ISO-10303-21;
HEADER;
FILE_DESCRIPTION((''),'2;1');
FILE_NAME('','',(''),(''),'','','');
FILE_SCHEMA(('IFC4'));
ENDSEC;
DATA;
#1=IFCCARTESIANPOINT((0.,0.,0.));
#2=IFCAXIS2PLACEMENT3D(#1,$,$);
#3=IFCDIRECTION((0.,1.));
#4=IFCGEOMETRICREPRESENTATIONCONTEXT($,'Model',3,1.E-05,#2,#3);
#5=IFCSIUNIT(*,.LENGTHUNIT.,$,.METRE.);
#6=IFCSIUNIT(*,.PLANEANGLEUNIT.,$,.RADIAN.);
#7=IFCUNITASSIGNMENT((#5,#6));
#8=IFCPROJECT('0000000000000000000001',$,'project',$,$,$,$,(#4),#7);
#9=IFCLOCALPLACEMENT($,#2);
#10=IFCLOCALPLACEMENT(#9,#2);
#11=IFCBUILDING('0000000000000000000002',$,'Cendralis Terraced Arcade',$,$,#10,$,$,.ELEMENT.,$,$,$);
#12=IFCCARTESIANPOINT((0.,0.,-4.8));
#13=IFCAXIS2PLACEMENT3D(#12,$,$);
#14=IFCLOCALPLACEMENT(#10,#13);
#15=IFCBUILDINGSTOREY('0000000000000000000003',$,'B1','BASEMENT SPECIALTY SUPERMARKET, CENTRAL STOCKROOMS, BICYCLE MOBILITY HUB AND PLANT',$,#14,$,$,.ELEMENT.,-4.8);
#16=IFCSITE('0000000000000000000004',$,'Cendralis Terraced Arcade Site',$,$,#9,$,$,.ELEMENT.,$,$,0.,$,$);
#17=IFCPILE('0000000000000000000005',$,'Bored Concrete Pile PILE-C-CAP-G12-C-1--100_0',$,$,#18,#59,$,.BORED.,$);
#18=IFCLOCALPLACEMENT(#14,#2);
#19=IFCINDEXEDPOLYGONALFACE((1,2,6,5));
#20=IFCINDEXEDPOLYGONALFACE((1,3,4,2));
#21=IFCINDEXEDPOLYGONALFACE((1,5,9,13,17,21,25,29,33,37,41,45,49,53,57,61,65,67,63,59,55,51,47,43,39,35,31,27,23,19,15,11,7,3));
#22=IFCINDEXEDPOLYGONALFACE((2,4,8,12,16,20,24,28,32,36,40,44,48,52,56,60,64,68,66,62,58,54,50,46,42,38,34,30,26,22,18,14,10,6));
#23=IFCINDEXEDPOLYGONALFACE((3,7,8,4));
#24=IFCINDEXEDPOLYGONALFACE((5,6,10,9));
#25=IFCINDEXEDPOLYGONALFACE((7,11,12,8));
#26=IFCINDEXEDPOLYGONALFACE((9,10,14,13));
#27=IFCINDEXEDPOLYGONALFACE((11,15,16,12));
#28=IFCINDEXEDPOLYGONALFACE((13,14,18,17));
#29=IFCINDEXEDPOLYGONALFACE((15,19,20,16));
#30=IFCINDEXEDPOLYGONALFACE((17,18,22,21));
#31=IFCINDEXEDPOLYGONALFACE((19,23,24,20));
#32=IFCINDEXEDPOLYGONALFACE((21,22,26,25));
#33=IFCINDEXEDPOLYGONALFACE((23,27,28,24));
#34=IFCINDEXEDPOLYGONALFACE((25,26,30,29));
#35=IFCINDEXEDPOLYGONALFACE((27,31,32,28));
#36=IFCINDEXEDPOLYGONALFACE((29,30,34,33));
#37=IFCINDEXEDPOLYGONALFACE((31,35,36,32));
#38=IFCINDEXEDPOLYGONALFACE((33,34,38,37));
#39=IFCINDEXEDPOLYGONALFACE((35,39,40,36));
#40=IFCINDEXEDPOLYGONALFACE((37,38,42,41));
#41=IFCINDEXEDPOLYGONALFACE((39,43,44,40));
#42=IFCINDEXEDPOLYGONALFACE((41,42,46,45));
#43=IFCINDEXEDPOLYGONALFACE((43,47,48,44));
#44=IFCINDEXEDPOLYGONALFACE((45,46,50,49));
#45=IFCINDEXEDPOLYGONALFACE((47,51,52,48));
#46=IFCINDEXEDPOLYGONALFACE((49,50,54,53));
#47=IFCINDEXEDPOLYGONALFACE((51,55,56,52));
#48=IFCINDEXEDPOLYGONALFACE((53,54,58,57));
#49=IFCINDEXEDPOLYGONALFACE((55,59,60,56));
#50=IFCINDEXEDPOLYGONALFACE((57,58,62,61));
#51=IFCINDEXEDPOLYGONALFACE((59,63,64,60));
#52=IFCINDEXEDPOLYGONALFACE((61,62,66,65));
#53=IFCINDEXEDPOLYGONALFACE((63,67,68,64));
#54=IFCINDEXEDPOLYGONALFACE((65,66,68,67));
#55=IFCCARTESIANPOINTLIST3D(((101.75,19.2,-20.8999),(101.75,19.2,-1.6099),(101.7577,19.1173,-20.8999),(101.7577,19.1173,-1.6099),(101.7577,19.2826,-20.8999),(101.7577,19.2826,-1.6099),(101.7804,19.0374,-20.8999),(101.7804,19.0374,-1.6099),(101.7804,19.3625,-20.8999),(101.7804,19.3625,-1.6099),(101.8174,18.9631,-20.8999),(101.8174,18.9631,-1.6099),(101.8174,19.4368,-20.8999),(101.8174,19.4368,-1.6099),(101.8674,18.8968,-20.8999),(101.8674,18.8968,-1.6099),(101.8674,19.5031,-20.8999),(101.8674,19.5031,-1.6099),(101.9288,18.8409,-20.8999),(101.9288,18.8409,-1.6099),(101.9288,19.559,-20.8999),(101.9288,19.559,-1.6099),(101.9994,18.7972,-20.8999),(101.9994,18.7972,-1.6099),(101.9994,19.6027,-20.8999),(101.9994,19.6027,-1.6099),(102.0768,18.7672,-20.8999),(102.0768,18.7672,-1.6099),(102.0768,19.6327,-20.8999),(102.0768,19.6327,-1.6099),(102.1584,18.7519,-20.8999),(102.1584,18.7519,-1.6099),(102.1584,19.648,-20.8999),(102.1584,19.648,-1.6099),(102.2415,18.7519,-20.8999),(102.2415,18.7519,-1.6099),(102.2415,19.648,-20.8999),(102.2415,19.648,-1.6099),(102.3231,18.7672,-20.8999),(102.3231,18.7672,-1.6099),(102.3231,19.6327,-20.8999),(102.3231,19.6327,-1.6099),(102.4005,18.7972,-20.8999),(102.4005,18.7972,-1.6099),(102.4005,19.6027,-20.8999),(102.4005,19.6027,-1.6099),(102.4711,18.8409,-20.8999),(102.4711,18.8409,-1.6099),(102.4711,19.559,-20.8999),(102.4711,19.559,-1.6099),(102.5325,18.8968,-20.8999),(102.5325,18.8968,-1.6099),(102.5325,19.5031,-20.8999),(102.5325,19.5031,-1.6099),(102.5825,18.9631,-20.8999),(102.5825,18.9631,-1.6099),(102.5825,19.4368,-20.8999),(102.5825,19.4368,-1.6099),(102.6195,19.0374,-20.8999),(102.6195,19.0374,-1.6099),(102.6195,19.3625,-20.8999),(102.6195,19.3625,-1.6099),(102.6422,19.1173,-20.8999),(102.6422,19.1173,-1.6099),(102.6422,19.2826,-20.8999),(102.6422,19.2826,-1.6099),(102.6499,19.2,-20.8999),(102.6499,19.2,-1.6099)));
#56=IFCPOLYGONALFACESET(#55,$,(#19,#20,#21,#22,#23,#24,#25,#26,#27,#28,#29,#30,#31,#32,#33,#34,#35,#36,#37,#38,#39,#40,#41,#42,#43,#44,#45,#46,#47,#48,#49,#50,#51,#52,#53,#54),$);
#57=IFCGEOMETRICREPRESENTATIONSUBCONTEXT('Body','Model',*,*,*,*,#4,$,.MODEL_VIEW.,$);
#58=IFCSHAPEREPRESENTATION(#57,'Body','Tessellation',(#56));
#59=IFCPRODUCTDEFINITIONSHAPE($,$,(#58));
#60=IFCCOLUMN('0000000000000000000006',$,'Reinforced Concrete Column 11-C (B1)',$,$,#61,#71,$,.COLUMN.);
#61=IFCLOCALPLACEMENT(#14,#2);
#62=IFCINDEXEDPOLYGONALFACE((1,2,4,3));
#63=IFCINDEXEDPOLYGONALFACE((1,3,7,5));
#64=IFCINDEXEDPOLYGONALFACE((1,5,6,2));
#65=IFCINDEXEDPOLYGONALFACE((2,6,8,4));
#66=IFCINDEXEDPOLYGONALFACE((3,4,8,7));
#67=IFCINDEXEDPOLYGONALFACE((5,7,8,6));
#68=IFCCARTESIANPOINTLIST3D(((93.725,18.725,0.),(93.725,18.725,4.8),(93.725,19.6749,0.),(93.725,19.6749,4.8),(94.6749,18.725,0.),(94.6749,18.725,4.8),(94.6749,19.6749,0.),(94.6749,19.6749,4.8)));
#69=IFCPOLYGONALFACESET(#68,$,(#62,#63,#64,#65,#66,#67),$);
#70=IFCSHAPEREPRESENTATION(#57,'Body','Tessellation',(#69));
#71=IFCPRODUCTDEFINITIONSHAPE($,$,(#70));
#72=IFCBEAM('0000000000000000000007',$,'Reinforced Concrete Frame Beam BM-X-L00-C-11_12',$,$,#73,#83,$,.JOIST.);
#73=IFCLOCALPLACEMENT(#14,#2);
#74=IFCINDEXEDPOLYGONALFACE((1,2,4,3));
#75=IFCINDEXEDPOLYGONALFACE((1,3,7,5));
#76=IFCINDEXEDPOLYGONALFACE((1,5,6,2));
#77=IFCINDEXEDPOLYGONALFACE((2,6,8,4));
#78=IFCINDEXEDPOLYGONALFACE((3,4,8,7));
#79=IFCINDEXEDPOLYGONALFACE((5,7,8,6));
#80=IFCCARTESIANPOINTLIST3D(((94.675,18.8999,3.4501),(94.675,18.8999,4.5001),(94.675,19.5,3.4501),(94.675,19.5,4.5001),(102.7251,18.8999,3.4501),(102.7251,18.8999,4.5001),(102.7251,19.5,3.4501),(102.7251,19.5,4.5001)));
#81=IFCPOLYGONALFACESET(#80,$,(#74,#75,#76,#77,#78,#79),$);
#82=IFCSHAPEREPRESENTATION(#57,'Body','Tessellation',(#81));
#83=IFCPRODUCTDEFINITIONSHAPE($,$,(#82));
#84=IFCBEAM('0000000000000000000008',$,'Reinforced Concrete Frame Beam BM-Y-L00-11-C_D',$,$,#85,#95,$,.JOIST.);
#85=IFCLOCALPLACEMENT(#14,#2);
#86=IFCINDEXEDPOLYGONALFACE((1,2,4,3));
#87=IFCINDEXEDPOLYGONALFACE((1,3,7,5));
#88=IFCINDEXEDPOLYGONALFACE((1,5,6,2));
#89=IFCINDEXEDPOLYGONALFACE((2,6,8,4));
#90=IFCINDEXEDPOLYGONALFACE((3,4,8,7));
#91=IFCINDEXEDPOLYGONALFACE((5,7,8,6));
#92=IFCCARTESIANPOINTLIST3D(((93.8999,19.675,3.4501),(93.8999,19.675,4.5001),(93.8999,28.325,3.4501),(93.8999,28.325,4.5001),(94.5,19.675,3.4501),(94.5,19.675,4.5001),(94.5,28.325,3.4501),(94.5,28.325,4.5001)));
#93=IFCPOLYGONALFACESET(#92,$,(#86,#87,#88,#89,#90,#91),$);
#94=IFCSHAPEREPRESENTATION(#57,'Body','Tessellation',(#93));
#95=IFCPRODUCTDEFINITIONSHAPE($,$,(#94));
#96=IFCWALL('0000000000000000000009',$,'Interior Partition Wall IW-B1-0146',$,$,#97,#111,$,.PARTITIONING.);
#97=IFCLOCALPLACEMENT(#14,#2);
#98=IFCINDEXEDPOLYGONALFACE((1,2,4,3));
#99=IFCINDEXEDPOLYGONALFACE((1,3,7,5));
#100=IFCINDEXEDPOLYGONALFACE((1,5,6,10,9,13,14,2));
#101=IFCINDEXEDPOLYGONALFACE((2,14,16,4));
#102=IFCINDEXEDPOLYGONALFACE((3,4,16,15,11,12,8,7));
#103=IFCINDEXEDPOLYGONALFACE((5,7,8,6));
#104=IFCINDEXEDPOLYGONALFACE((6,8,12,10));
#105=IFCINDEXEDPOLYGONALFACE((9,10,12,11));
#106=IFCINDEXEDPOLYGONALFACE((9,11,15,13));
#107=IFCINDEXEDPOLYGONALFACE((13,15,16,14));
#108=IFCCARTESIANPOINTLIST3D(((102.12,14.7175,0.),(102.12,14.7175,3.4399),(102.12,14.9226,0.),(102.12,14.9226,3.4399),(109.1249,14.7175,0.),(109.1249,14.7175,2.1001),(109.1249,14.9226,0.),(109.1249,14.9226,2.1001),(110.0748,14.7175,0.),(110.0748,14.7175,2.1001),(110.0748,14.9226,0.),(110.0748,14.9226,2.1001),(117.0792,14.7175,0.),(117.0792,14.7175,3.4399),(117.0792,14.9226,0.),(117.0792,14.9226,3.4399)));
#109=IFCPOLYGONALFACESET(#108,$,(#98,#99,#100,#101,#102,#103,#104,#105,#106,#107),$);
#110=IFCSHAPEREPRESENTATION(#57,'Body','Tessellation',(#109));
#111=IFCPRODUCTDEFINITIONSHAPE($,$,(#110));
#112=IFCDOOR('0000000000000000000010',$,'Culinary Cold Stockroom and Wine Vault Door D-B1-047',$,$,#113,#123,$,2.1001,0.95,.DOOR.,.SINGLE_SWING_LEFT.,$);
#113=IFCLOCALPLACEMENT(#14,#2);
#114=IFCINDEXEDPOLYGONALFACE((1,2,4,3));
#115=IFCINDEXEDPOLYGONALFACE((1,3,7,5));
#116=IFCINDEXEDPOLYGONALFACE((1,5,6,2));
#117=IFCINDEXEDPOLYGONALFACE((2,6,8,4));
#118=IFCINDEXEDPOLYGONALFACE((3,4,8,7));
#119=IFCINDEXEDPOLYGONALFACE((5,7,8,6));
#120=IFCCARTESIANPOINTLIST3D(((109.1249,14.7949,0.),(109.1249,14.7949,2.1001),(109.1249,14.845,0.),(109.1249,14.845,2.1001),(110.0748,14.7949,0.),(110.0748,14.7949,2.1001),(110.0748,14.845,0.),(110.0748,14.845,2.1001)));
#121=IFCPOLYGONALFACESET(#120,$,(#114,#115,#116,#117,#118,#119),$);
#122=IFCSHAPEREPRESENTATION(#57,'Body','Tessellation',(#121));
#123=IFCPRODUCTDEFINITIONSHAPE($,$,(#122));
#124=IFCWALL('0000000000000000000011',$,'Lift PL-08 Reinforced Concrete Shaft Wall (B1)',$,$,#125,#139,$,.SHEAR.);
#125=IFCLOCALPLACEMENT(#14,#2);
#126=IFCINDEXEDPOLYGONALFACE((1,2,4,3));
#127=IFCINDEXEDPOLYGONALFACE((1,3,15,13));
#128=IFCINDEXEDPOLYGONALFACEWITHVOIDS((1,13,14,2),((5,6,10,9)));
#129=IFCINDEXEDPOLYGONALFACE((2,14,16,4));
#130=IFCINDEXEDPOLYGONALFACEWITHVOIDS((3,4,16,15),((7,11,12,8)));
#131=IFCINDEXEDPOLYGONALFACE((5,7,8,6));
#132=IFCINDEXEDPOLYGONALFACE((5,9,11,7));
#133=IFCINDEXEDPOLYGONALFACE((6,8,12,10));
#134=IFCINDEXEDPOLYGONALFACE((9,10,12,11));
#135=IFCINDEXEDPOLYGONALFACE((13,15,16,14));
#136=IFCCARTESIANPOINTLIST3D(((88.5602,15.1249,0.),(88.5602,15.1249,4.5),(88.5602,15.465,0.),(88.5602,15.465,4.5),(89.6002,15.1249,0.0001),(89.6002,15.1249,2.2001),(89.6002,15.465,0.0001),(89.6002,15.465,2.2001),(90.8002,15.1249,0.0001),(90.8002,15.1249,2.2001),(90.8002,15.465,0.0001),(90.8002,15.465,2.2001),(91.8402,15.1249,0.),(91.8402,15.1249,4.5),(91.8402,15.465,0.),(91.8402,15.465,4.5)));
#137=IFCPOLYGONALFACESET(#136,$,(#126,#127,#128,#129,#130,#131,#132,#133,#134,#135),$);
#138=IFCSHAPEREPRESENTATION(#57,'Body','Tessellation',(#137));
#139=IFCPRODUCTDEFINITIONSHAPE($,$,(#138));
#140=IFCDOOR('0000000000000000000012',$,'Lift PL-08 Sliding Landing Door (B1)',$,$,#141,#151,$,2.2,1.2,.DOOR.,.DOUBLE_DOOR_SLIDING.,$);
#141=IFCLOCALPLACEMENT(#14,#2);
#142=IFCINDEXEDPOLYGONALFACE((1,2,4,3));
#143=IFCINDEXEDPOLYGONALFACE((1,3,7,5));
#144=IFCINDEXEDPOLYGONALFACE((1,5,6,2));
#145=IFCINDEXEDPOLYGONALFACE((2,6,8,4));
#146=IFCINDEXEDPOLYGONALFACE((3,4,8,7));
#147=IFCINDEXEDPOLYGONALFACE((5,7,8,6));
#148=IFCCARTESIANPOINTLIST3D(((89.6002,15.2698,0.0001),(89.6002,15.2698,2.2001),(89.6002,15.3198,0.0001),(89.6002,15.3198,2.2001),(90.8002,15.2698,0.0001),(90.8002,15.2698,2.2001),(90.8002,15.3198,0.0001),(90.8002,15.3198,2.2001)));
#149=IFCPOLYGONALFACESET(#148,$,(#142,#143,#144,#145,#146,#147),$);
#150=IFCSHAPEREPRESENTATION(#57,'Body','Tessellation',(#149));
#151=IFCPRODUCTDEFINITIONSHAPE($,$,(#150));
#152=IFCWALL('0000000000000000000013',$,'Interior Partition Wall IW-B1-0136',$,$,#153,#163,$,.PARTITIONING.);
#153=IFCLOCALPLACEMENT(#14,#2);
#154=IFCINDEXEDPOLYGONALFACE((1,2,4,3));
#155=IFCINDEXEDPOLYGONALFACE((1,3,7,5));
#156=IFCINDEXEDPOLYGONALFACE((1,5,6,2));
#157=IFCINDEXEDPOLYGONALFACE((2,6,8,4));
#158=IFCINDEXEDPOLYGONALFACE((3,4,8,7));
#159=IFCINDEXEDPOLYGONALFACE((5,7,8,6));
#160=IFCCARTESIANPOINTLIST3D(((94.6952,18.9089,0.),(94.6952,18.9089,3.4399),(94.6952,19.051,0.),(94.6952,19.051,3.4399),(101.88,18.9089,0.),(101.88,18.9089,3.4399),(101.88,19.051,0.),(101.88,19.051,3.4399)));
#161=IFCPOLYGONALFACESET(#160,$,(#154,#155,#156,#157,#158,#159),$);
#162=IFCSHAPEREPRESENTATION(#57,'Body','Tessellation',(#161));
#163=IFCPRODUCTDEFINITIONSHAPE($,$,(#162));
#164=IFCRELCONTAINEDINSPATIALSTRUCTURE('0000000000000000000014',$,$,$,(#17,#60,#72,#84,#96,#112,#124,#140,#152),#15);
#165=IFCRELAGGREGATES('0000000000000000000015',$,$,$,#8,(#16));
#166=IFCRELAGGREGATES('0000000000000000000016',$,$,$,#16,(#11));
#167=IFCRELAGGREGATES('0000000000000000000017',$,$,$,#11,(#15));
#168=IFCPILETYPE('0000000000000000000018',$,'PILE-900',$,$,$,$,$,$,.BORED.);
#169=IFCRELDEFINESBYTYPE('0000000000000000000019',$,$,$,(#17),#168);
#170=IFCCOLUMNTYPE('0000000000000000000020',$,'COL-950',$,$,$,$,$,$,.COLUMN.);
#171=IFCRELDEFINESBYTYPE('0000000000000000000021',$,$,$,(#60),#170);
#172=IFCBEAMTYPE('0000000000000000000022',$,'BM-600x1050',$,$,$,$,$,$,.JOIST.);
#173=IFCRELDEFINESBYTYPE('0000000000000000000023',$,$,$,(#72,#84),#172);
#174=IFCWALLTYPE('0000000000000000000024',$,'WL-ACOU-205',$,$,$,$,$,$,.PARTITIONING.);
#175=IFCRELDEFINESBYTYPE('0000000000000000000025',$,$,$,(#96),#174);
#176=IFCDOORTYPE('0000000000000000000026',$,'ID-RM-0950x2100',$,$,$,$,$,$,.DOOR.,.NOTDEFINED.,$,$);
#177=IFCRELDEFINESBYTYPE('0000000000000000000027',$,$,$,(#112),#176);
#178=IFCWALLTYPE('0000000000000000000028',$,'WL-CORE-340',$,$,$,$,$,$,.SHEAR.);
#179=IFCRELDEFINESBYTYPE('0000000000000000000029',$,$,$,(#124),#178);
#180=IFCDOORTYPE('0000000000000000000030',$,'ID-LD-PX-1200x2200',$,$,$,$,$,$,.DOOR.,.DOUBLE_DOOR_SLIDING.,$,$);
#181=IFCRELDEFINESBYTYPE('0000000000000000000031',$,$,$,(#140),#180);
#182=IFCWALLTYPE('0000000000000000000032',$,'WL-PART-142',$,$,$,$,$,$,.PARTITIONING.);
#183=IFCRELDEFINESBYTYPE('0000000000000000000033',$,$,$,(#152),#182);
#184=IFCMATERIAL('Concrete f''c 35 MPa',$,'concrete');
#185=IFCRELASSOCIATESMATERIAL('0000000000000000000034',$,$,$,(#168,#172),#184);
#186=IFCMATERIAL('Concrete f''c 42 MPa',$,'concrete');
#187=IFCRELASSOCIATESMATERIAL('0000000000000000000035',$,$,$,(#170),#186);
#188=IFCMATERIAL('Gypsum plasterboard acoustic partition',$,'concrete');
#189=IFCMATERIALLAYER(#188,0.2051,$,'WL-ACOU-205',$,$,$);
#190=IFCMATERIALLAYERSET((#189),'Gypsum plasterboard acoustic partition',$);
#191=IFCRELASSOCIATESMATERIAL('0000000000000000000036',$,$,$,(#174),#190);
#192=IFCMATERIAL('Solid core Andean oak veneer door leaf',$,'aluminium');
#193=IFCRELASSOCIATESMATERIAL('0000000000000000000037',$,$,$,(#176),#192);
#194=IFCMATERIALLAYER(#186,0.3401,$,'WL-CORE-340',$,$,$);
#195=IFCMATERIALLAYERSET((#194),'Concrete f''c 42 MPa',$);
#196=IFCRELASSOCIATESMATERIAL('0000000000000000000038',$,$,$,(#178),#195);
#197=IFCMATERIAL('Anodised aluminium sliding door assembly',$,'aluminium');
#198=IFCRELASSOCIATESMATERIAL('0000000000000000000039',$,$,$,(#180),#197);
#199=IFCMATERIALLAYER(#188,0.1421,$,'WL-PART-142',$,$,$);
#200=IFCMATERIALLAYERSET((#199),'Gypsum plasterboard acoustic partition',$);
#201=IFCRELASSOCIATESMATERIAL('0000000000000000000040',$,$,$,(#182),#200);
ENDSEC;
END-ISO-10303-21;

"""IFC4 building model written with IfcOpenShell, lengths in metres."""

from ifc_helpers import new_model, si_unit, direction, frame, frame_2d, origin, origin_2d, place, context, subcontext, project, spatial, rectangle, circle, extrude, material, layer, layer_set, material_profile, profile_set, type_object, element, fill, save


model = new_model("IFC4")

# Units and contexts
model_context = context("Model", 3, precision=1e-05, world=origin(), true_north=direction((0.0, 1.0)))
body_context = subcontext(model_context, "Body", "Model", "MODEL_VIEW")
ifc_project = project(units=[si_unit("LENGTHUNIT", "METRE"), si_unit("PLANEANGLEUNIT", "RADIAN")], contexts=[model_context])

# Site, building, storey
site_placement = place(None, origin())
site = spatial("IfcSite", under=ifc_project, at=site_placement, Name="Cendralis Terraced Arcade Site", CompositionType="ELEMENT", RefElevation=0.0)
building_placement = place(site_placement, origin())
building = spatial("IfcBuilding", under=site, at=building_placement, Name="Cendralis Terraced Arcade", CompositionType="ELEMENT")
storey_placement = place(building_placement, frame((0.0, 0.0, -4.8)))
storey = spatial("IfcBuildingStorey", under=building, at=storey_placement, Name="B1", Description="BASEMENT SPECIALTY SUPERMARKET, CENTRAL STOCKROOMS, BICYCLE MOBILITY HUB AND PLANT", CompositionType="ELEMENT", Elevation=-4.8)

# Shared definitions
ifc_material_1 = material(Name="Concrete f'c 35 MPa", Category="concrete")

# Pile
ifc_material_profile_1 = material_profile(ifc_material_1, circle(Radius=0.45, at=origin_2d()), Name="PILE-D900", Category="LoadBearing")
ifc_profile_set_1 = profile_set([ifc_material_profile_1], Name="Concrete f'c 35 MPa")
pile_type_1 = type_object("IfcPileType", Name="PILE-900", PredefinedType="BORED", material=ifc_profile_set_1)
for number, where, z_axis, x_axis, name in (
    (1, (102.2, 19.2, -1.6099), (0.0, 0.0, -1.0), (1.0, 0.0, 0.0), "Bored Concrete Pile PILE-C-CAP-G12-C-1--100_0"),
):
    element("IfcPile", number, at=place(storey_placement, frame(where, z_axis=z_axis, x_axis=x_axis)), inside=storey, type_object=pile_type_1, Name=name, PredefinedType="BORED", context=body_context, shape_type="SweptSolid", body=[
        extrude(circle(Radius=0.45, at=origin_2d()), origin(), (0.0, 0.0, 1.0), 19.29),
    ])

# Column
ifc_material_2 = material(Name="Concrete f'c 42 MPa", Category="concrete")
ifc_material_profile_2 = material_profile(ifc_material_2, rectangle(XDim=0.95, YDim=0.95, at=origin_2d()), Name="RC-COL-950x950", Category="LoadBearing")
ifc_profile_set_2 = profile_set([ifc_material_profile_2], Name="Concrete f'c 42 MPa")
column_type = type_object("IfcColumnType", Name="COL-950", PredefinedType="COLUMN", material=ifc_profile_set_2)
column_placement = place(storey_placement, frame((94.2, 19.2, 0.0), z_axis=(0.0, 0.0, 1.0), x_axis=(1.0, 0.0, 0.0)))
element("IfcColumn", 2, at=column_placement, inside=storey, type_object=column_type, Name="Reinforced Concrete Column 11-C (B1)", PredefinedType="COLUMN", context=body_context, shape_type="SweptSolid", body=[
    extrude(rectangle(XDim=0.95, YDim=0.95, at=origin_2d()), origin(), (0.0, 0.0, 1.0), 4.8),
])

# Beams
ifc_material_profile_3 = material_profile(ifc_material_1, rectangle(XDim=0.6001, YDim=1.05, at=origin_2d()), Name="RC-BM-600x1050", Category="LoadBearing")
ifc_profile_set_3 = profile_set([ifc_material_profile_3], Name="Concrete f'c 35 MPa")
beam_type = type_object("IfcBeamType", Name="BM-600x1050", PredefinedType="JOIST", material=ifc_profile_set_3)
beam_1_placement = place(storey_placement, frame((94.675, 19.2, 3.9751), z_axis=(1.0, 0.0, 0.0), x_axis=(0.0, 1.0, 0.0)))
element("IfcBeam", 3, at=beam_1_placement, inside=storey, type_object=beam_type, Name="Reinforced Concrete Frame Beam BM-X-L00-C-11_12", PredefinedType="JOIST", context=body_context, shape_type="SweptSolid", body=[
    extrude(rectangle(XDim=0.6001, YDim=1.05, at=origin_2d()), origin(), (0.0, 0.0, 1.0), 8.05),
])
beam_2_placement = place(storey_placement, frame((94.2, 19.675, 3.9751), z_axis=(0.0, 1.0, 0.0), x_axis=(-1.0, 0.0, 0.0)))
element("IfcBeam", 4, at=beam_2_placement, inside=storey, type_object=beam_type, Name="Reinforced Concrete Frame Beam BM-Y-L00-11-C_D", PredefinedType="JOIST", context=body_context, shape_type="SweptSolid", body=[
    extrude(rectangle(XDim=0.6001, YDim=1.05, at=origin_2d()), origin(), (0.0, 0.0, 1.0), 8.6499),
])

# Walls, openings, doors
ifc_material_3 = material(Name="Gypsum plasterboard acoustic partition", Category="concrete")
ifc_layer_1 = layer(ifc_material_3, 0.2051, Name="WL-ACOU-205")
ifc_layer_set_1 = layer_set([ifc_layer_1], Name="Gypsum plasterboard acoustic partition")
wall_type_1 = type_object("IfcWallType", Name="WL-ACOU-205", PredefinedType="PARTITIONING", material=ifc_layer_set_1)
wall_1_placement = place(storey_placement, frame((102.1201, 14.8201, 0.0), z_axis=(0.0, 0.0, 1.0), x_axis=(1.0, 0.0, 0.0)))
wall_1 = element("IfcWall", 5, at=wall_1_placement, inside=storey, type_object=wall_type_1, Name="Interior Partition Wall IW-B1-0146", PredefinedType="PARTITIONING", context=body_context, shape_type="SweptSolid", body=[
    extrude(rectangle(XDim=14.9592, YDim=0.2051, at=frame_2d((7.4795, 0.0))), origin(), (0.0, 0.0, 1.0), 3.4399),
])
opening_1_placement = place(wall_1_placement, frame((7.0046, 0.0, 0.0)))
opening_1 = element("IfcOpeningElement", 6, at=opening_1_placement, cuts=wall_1, PredefinedType="OPENING", context=body_context, shape_type="SweptSolid", body=[
    extrude(rectangle(XDim=0.95, YDim=2.1001, at=frame_2d((0.4751, 1.05))), frame((0.0, 0.1145, 0.0), z_axis=(0.0, -1.0, 0.0), x_axis=(1.0, 0.0, 0.0)), (0.0, 0.0, 1.0), 0.229),
])
ifc_material_4 = material(Name="Solid core Andean oak veneer door leaf", Category="aluminium")
door_type_1 = type_object("IfcDoorType", Name="ID-RM-0950x2100", OperationType="NOTDEFINED", PredefinedType="DOOR", material=ifc_material_4)
door_1_placement = place(opening_1_placement, origin())
door_1 = element("IfcDoor", 7, at=door_1_placement, inside=storey, type_object=door_type_1, Name="Culinary Cold Stockroom and Wine Vault Door D-B1-047", OperationType="SINGLE_SWING_LEFT", OverallHeight=2.1001, OverallWidth=0.95, PredefinedType="DOOR", context=body_context, shape_type="SweptSolid", body=[
    extrude(rectangle(XDim=0.95, YDim=2.1001, at=frame_2d((0.4751, 1.05))), frame((0.0, 0.0249, 0.0), z_axis=(0.0, -1.0, 0.0), x_axis=(1.0, 0.0, 0.0)), (0.0, 0.0, 1.0), 0.05),
])
fill(opening_1, door_1)
ifc_layer_2 = layer(ifc_material_2, 0.3401, Name="WL-CORE-340")
ifc_layer_set_2 = layer_set([ifc_layer_2], Name="Concrete f'c 42 MPa")
wall_type_2 = type_object("IfcWallType", Name="WL-CORE-340", PredefinedType="SHEAR", material=ifc_layer_set_2)
wall_2_placement = place(storey_placement, frame((88.5601, 15.2949, 0.0), z_axis=(0.0, 0.0, 1.0), x_axis=(1.0, 0.0, 0.0)))
wall_2 = element("IfcWall", 8, at=wall_2_placement, inside=storey, type_object=wall_type_2, Name="Lift PL-08 Reinforced Concrete Shaft Wall (B1)", PredefinedType="SHEAR", context=body_context, shape_type="SweptSolid", body=[
    extrude(rectangle(XDim=3.28, YDim=0.3401, at=frame_2d((1.6401, 0.0))), origin(), (0.0, 0.0, 1.0), 4.5),
])
opening_2_placement = place(wall_2_placement, frame((1.04, 0.0, 0.0)))
opening_2 = element("IfcOpeningElement", 9, at=opening_2_placement, cuts=wall_2, PredefinedType="OPENING", context=body_context, shape_type="SweptSolid", body=[
    extrude(rectangle(XDim=1.2, YDim=2.2, at=frame_2d((0.6001, 1.1001))), frame((0.0, 0.1821, 0.0), z_axis=(0.0, -1.0, 0.0), x_axis=(1.0, 0.0, 0.0)), (0.0, 0.0, 1.0), 0.364),
])
ifc_material_5 = material(Name="Anodised aluminium sliding door assembly", Category="aluminium")
door_type_2 = type_object("IfcDoorType", Name="ID-LD-PX-1200x2200", OperationType="DOUBLE_DOOR_SLIDING", PredefinedType="DOOR", material=ifc_material_5)
door_2_placement = place(opening_2_placement, origin())
door_2 = element("IfcDoor", 10, at=door_2_placement, inside=storey, type_object=door_type_2, Name="Lift PL-08 Sliding Landing Door (B1)", OperationType="DOUBLE_DOOR_SLIDING", OverallHeight=2.2, OverallWidth=1.2, PredefinedType="DOOR", context=body_context, shape_type="SweptSolid", body=[
    extrude(rectangle(XDim=1.2, YDim=2.2, at=frame_2d((0.6001, 1.1001))), frame((0.0, 0.0249, 0.0), z_axis=(0.0, -1.0, 0.0), x_axis=(1.0, 0.0, 0.0)), (0.0, 0.0, 1.0), 0.05),
])
fill(opening_2, door_2)

# Wall
ifc_layer_3 = layer(ifc_material_3, 0.1421, Name="WL-PART-142")
ifc_layer_set_3 = layer_set([ifc_layer_3], Name="Gypsum plasterboard acoustic partition")
wall_type_3 = type_object("IfcWallType", Name="WL-PART-142", PredefinedType="PARTITIONING", material=ifc_layer_set_3)
wall_3_placement = place(storey_placement, frame((101.8799, 18.98, 0.0), z_axis=(0.0, 0.0, 1.0), x_axis=(-1.0, 0.0, 0.0)))
element("IfcWall", 11, at=wall_3_placement, inside=storey, type_object=wall_type_3, Name="Interior Partition Wall IW-B1-0136", PredefinedType="PARTITIONING", context=body_context, shape_type="SweptSolid", body=[
    extrude(rectangle(XDim=7.1848, YDim=0.1421, at=frame_2d((3.5923, 0.0))), origin(), (0.0, 0.0, 1.0), 3.4399),
])

save(model, "model.ifc")
